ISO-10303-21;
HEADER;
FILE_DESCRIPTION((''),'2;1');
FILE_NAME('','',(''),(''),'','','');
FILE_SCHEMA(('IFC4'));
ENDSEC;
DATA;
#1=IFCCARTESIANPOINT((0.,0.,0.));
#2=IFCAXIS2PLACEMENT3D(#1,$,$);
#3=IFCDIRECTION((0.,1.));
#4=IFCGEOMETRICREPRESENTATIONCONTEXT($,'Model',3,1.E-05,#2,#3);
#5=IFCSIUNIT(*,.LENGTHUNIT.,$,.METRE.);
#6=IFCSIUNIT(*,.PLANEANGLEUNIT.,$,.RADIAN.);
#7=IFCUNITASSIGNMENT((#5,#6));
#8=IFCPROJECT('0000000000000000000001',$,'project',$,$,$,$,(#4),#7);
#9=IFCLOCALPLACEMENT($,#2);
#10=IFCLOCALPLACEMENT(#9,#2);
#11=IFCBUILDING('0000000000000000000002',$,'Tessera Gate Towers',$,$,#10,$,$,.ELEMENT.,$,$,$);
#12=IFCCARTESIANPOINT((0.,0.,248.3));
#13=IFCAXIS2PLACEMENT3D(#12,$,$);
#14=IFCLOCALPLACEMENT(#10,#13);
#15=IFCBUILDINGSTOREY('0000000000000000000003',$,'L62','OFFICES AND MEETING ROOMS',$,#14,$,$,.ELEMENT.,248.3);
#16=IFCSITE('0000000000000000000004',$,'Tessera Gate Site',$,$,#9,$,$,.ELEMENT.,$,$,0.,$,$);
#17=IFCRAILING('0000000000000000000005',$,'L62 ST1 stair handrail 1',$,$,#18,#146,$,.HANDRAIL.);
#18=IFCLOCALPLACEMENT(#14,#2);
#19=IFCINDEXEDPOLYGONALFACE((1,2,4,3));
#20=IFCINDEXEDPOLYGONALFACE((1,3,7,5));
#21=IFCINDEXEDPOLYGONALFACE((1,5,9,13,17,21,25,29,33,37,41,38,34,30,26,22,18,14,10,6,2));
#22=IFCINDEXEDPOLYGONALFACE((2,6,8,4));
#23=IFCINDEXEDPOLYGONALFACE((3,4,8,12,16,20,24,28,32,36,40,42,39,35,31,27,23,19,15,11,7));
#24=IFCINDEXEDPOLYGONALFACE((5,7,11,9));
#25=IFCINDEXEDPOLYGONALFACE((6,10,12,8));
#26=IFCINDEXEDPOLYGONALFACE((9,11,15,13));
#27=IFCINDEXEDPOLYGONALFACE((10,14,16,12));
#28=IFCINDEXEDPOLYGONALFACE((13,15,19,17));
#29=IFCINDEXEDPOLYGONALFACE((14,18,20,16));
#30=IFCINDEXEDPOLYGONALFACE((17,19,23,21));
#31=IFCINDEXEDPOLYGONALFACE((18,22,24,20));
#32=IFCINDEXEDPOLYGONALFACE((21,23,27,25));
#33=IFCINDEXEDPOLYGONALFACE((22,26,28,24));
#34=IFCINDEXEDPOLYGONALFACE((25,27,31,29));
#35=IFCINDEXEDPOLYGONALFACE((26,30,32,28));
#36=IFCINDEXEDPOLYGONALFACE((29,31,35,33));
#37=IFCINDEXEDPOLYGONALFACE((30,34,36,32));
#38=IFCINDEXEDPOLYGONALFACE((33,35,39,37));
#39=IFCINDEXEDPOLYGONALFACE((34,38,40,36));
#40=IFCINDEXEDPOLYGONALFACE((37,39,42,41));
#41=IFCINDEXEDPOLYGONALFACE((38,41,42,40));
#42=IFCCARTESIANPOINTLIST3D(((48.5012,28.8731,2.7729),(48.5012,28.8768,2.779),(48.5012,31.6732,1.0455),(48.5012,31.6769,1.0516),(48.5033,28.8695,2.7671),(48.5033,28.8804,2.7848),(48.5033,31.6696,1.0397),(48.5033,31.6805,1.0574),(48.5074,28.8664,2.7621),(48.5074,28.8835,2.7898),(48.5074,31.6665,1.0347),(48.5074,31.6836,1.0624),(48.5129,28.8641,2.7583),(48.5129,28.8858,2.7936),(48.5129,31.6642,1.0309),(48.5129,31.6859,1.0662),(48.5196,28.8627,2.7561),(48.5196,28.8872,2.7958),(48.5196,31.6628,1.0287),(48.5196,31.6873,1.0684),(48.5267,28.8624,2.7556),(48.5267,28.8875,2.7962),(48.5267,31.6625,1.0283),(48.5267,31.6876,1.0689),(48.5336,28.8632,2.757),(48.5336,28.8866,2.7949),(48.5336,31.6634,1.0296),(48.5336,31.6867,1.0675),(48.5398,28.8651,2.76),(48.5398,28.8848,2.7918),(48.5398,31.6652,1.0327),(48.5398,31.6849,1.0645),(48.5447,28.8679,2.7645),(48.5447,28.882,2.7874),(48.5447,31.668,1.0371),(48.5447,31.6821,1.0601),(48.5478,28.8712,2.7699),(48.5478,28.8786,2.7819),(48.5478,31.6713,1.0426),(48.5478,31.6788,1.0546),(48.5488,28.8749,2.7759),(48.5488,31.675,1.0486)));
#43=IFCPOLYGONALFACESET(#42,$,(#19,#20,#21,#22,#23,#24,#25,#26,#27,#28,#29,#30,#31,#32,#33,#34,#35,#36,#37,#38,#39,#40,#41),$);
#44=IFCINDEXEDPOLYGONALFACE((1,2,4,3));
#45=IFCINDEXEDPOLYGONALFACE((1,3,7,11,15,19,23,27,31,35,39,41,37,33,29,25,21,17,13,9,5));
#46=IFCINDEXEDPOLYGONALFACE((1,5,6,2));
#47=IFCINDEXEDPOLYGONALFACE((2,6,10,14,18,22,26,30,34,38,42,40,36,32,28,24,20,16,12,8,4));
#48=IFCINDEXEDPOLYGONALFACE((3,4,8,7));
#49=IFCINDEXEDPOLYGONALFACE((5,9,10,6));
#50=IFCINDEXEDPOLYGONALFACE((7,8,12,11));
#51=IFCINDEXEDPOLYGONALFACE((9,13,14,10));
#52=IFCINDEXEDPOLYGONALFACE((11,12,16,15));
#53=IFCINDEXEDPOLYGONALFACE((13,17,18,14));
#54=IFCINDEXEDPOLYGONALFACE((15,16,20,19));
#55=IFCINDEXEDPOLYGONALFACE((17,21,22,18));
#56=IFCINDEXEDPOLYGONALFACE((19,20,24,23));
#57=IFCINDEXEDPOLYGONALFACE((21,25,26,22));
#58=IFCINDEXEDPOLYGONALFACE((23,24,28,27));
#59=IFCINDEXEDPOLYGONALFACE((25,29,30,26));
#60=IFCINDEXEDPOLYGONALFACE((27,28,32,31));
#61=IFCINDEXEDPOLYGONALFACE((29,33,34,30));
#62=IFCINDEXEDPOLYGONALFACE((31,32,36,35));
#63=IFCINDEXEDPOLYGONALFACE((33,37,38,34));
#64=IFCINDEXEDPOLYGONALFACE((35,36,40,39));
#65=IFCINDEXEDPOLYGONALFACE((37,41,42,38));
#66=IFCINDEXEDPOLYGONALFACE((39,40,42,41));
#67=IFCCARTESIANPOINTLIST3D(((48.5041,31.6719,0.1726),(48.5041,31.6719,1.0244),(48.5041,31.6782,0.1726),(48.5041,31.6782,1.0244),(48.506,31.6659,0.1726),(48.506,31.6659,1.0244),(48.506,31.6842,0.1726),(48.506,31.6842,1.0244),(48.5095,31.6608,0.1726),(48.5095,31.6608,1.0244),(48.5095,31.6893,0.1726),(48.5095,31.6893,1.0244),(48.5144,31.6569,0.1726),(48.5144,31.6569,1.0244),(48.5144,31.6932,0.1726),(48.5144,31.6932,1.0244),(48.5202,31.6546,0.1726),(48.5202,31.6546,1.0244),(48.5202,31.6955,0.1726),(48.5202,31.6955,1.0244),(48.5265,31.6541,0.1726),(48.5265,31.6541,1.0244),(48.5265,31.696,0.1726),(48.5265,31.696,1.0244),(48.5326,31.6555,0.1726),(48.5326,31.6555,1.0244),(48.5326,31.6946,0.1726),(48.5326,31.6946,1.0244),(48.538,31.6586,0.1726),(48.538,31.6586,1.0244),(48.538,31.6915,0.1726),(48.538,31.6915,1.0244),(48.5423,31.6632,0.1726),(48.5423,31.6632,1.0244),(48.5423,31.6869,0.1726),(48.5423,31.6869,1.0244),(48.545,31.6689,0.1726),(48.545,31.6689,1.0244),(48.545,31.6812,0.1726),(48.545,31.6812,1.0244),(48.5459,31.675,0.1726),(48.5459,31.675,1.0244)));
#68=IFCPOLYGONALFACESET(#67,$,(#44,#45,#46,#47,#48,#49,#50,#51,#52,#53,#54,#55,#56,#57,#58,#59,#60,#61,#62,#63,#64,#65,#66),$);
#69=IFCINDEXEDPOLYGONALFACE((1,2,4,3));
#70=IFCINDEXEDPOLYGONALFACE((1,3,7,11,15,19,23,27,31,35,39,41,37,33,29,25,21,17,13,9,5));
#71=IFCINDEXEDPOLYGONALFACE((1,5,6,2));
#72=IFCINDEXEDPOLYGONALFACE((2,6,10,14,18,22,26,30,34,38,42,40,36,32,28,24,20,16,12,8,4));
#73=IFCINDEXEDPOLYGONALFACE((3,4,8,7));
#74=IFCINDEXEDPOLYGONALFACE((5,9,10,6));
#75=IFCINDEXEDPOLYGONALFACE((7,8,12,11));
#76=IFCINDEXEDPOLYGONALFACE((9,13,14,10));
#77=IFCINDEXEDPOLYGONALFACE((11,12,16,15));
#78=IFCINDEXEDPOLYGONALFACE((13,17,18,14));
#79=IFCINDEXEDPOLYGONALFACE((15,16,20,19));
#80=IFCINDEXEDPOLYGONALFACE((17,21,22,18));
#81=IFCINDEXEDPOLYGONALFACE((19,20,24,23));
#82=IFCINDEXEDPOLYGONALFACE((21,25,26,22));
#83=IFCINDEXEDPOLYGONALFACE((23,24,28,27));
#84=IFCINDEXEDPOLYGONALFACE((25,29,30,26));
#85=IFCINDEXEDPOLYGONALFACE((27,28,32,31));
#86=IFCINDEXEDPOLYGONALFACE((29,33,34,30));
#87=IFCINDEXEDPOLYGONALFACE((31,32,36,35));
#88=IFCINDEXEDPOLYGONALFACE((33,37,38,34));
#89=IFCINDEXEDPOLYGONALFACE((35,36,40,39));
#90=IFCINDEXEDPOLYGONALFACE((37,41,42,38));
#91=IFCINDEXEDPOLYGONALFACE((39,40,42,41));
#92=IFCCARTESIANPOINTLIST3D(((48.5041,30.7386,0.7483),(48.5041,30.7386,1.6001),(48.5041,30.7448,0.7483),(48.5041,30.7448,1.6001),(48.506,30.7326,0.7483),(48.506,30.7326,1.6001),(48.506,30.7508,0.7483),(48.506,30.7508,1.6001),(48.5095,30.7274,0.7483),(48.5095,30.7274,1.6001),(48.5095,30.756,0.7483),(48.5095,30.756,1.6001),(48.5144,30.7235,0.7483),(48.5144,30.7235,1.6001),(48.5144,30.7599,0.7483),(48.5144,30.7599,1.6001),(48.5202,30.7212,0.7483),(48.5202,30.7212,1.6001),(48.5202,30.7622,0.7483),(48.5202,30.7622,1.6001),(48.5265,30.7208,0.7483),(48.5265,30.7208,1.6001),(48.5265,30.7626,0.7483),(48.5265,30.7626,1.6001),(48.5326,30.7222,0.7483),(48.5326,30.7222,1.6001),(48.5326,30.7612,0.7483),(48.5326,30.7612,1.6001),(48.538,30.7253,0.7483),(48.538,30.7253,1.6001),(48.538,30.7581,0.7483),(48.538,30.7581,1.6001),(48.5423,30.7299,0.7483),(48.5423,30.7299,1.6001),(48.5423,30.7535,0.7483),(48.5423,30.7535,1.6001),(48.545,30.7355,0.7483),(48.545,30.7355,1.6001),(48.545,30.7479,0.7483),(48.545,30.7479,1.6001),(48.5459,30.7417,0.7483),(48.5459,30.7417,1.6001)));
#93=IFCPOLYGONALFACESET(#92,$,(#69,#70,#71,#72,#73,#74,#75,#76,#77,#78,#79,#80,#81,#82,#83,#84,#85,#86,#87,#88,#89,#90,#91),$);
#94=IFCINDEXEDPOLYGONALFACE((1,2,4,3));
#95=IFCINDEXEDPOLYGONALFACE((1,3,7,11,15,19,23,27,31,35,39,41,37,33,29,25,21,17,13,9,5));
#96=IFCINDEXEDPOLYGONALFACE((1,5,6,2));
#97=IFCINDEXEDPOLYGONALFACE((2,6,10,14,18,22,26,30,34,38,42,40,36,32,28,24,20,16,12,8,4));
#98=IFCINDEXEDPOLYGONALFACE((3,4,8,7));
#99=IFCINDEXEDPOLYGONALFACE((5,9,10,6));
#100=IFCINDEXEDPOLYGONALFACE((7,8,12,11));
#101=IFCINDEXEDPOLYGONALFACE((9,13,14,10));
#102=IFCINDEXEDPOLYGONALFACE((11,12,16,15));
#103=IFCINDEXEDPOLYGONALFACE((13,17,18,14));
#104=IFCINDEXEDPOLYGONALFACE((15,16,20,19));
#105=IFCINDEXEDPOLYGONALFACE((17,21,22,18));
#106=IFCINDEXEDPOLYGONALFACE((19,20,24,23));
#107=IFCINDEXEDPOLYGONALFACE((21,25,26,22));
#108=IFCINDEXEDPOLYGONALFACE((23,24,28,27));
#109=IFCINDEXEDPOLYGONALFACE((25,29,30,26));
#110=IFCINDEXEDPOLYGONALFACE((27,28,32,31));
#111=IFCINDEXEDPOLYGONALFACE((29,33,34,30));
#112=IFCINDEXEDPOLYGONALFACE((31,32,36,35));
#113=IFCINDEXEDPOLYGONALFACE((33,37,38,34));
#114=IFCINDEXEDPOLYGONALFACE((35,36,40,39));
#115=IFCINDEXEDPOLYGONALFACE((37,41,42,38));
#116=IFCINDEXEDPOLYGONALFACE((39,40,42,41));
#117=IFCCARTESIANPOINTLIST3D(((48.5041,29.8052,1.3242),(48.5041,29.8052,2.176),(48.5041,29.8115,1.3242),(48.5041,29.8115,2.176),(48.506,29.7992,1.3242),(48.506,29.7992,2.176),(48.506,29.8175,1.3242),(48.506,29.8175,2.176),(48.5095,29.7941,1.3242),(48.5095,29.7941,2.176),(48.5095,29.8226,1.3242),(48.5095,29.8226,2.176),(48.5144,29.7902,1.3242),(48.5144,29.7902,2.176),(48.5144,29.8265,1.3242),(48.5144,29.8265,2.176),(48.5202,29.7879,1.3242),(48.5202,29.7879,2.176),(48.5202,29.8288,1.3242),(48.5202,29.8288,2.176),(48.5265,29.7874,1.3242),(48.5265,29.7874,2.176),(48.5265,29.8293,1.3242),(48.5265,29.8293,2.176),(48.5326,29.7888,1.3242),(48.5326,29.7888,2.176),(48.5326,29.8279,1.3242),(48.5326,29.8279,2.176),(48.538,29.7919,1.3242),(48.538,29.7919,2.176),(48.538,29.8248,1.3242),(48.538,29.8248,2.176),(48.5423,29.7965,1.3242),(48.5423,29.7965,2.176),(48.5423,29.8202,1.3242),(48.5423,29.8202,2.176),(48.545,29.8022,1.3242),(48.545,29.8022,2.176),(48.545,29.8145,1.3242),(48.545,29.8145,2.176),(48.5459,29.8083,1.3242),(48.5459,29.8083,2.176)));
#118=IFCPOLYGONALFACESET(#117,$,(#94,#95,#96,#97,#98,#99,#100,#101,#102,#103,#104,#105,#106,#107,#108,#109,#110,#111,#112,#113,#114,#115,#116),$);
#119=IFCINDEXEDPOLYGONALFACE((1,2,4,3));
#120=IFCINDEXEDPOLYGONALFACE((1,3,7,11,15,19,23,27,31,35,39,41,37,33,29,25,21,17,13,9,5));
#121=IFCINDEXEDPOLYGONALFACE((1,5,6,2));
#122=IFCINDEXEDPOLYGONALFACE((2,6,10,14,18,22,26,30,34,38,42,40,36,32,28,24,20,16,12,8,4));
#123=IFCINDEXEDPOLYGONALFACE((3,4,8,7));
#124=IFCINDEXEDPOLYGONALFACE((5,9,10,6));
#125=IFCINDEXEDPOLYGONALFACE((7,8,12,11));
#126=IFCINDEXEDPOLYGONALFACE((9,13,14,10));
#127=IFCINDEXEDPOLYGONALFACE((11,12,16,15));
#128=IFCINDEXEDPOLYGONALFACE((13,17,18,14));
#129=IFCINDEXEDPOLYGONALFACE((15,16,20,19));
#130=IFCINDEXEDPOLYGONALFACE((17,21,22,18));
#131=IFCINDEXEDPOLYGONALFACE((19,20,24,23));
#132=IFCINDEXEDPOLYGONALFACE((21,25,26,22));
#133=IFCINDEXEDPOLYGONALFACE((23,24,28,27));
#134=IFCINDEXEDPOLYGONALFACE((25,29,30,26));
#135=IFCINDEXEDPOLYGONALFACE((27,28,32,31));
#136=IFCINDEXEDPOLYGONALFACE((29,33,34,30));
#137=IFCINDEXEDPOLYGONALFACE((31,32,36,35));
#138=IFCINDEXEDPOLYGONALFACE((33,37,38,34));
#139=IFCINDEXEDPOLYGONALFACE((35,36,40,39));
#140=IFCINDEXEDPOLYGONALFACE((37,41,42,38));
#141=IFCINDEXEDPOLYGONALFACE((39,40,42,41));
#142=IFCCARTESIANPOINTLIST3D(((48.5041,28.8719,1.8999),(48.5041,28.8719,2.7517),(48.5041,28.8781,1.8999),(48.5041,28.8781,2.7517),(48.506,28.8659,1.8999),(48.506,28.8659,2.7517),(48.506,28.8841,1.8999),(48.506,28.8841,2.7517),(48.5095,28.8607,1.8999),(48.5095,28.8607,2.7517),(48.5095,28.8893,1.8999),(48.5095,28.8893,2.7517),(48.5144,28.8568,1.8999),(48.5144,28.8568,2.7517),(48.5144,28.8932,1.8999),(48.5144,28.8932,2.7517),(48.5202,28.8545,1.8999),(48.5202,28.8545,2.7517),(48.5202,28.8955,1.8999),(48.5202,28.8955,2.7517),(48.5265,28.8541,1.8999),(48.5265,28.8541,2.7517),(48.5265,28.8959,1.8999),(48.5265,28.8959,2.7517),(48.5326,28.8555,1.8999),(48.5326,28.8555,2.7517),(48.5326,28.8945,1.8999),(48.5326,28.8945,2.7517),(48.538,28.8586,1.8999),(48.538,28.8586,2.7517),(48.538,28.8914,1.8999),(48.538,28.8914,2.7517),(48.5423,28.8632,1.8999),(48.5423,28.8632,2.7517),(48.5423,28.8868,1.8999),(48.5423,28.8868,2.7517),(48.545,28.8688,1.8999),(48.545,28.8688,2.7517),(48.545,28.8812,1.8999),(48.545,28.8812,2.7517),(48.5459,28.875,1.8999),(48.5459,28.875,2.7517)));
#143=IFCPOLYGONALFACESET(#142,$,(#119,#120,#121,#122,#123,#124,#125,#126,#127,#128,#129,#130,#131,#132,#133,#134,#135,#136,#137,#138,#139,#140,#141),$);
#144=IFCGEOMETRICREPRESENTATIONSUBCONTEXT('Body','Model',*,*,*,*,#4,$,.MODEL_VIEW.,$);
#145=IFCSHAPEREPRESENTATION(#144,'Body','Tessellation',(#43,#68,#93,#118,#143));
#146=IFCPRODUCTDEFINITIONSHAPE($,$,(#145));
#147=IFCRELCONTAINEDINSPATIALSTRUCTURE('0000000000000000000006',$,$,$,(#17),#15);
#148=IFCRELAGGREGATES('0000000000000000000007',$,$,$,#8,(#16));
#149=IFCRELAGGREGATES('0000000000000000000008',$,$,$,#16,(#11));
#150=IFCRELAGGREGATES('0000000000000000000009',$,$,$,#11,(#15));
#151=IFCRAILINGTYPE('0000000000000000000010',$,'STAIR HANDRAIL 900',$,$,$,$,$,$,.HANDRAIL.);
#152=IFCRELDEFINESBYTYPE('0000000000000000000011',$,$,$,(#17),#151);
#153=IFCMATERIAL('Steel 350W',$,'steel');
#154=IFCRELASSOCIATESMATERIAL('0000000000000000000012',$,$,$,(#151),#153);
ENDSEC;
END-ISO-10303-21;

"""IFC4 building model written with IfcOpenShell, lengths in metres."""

from ifc_helpers import new_model, si_unit, direction, frame, origin, origin_2d, place, context, subcontext, project, spatial, circle, extrude, material, type_object, element, save


model = new_model("IFC4")

# Units and contexts
model_context = context("Model", 3, precision=1e-05, world=origin(), true_north=direction((0.0, 1.0)))
body_context = subcontext(model_context, "Body", "Model", "MODEL_VIEW")
ifc_project = project(units=[si_unit("LENGTHUNIT", "METRE"), si_unit("PLANEANGLEUNIT", "RADIAN")], contexts=[model_context])

# Site, building, storey
site_placement = place(None, origin())
site = spatial("IfcSite", under=ifc_project, at=site_placement, Name="Tessera Gate Site", CompositionType="ELEMENT", RefElevation=0.0)
building_placement = place(site_placement, origin())
building = spatial("IfcBuilding", under=site, at=building_placement, Name="Tessera Gate Towers", CompositionType="ELEMENT")
storey_placement = place(building_placement, frame((0.0, 0.0, 248.3)))
storey = spatial("IfcBuildingStorey", under=building, at=storey_placement, Name="L62", Description="OFFICES AND MEETING ROOMS", CompositionType="ELEMENT", Elevation=248.3)

# Railing
ifc_material_1 = material(Name="Steel 350W", Category="steel")
railing_type = type_object("IfcRailingType", Name="STAIR HANDRAIL 900", PredefinedType="HANDRAIL", material=ifc_material_1)
railing_placement = place(storey_placement, frame((48.5249, 31.675, 0.1726)))
element("IfcRailing", 1, at=railing_placement, inside=storey, type_object=railing_type, Name="L62 ST1 stair handrail 1", PredefinedType="HANDRAIL", context=body_context, shape_type="SweptSolid", body=[
    extrude(circle(Radius=0.0239, at=origin_2d()), frame((0.0, 0.0, 0.876), z_axis=(0.0, -0.85109, 0.52502), x_axis=(1.0, 0.0, 0.0)), (0.0, 0.0, 1.0), 3.29),
    extrude(circle(Radius=0.021, at=origin_2d()), origin(), (0.0, 0.0, 1.0), 0.8518),
    extrude(circle(Radius=0.021, at=origin_2d()), frame((0.0, -0.9333, 0.5757)), (0.0, 0.0, 1.0), 0.8518),
    extrude(circle(Radius=0.021, at=origin_2d()), frame((0.0, -1.8667, 1.1516)), (0.0, 0.0, 1.0), 0.8518),
    extrude(circle(Radius=0.021, at=origin_2d()), frame((0.0, -2.8, 1.7273)), (0.0, 0.0, 1.0), 0.8518),
])

save(model, "model.ifc")
